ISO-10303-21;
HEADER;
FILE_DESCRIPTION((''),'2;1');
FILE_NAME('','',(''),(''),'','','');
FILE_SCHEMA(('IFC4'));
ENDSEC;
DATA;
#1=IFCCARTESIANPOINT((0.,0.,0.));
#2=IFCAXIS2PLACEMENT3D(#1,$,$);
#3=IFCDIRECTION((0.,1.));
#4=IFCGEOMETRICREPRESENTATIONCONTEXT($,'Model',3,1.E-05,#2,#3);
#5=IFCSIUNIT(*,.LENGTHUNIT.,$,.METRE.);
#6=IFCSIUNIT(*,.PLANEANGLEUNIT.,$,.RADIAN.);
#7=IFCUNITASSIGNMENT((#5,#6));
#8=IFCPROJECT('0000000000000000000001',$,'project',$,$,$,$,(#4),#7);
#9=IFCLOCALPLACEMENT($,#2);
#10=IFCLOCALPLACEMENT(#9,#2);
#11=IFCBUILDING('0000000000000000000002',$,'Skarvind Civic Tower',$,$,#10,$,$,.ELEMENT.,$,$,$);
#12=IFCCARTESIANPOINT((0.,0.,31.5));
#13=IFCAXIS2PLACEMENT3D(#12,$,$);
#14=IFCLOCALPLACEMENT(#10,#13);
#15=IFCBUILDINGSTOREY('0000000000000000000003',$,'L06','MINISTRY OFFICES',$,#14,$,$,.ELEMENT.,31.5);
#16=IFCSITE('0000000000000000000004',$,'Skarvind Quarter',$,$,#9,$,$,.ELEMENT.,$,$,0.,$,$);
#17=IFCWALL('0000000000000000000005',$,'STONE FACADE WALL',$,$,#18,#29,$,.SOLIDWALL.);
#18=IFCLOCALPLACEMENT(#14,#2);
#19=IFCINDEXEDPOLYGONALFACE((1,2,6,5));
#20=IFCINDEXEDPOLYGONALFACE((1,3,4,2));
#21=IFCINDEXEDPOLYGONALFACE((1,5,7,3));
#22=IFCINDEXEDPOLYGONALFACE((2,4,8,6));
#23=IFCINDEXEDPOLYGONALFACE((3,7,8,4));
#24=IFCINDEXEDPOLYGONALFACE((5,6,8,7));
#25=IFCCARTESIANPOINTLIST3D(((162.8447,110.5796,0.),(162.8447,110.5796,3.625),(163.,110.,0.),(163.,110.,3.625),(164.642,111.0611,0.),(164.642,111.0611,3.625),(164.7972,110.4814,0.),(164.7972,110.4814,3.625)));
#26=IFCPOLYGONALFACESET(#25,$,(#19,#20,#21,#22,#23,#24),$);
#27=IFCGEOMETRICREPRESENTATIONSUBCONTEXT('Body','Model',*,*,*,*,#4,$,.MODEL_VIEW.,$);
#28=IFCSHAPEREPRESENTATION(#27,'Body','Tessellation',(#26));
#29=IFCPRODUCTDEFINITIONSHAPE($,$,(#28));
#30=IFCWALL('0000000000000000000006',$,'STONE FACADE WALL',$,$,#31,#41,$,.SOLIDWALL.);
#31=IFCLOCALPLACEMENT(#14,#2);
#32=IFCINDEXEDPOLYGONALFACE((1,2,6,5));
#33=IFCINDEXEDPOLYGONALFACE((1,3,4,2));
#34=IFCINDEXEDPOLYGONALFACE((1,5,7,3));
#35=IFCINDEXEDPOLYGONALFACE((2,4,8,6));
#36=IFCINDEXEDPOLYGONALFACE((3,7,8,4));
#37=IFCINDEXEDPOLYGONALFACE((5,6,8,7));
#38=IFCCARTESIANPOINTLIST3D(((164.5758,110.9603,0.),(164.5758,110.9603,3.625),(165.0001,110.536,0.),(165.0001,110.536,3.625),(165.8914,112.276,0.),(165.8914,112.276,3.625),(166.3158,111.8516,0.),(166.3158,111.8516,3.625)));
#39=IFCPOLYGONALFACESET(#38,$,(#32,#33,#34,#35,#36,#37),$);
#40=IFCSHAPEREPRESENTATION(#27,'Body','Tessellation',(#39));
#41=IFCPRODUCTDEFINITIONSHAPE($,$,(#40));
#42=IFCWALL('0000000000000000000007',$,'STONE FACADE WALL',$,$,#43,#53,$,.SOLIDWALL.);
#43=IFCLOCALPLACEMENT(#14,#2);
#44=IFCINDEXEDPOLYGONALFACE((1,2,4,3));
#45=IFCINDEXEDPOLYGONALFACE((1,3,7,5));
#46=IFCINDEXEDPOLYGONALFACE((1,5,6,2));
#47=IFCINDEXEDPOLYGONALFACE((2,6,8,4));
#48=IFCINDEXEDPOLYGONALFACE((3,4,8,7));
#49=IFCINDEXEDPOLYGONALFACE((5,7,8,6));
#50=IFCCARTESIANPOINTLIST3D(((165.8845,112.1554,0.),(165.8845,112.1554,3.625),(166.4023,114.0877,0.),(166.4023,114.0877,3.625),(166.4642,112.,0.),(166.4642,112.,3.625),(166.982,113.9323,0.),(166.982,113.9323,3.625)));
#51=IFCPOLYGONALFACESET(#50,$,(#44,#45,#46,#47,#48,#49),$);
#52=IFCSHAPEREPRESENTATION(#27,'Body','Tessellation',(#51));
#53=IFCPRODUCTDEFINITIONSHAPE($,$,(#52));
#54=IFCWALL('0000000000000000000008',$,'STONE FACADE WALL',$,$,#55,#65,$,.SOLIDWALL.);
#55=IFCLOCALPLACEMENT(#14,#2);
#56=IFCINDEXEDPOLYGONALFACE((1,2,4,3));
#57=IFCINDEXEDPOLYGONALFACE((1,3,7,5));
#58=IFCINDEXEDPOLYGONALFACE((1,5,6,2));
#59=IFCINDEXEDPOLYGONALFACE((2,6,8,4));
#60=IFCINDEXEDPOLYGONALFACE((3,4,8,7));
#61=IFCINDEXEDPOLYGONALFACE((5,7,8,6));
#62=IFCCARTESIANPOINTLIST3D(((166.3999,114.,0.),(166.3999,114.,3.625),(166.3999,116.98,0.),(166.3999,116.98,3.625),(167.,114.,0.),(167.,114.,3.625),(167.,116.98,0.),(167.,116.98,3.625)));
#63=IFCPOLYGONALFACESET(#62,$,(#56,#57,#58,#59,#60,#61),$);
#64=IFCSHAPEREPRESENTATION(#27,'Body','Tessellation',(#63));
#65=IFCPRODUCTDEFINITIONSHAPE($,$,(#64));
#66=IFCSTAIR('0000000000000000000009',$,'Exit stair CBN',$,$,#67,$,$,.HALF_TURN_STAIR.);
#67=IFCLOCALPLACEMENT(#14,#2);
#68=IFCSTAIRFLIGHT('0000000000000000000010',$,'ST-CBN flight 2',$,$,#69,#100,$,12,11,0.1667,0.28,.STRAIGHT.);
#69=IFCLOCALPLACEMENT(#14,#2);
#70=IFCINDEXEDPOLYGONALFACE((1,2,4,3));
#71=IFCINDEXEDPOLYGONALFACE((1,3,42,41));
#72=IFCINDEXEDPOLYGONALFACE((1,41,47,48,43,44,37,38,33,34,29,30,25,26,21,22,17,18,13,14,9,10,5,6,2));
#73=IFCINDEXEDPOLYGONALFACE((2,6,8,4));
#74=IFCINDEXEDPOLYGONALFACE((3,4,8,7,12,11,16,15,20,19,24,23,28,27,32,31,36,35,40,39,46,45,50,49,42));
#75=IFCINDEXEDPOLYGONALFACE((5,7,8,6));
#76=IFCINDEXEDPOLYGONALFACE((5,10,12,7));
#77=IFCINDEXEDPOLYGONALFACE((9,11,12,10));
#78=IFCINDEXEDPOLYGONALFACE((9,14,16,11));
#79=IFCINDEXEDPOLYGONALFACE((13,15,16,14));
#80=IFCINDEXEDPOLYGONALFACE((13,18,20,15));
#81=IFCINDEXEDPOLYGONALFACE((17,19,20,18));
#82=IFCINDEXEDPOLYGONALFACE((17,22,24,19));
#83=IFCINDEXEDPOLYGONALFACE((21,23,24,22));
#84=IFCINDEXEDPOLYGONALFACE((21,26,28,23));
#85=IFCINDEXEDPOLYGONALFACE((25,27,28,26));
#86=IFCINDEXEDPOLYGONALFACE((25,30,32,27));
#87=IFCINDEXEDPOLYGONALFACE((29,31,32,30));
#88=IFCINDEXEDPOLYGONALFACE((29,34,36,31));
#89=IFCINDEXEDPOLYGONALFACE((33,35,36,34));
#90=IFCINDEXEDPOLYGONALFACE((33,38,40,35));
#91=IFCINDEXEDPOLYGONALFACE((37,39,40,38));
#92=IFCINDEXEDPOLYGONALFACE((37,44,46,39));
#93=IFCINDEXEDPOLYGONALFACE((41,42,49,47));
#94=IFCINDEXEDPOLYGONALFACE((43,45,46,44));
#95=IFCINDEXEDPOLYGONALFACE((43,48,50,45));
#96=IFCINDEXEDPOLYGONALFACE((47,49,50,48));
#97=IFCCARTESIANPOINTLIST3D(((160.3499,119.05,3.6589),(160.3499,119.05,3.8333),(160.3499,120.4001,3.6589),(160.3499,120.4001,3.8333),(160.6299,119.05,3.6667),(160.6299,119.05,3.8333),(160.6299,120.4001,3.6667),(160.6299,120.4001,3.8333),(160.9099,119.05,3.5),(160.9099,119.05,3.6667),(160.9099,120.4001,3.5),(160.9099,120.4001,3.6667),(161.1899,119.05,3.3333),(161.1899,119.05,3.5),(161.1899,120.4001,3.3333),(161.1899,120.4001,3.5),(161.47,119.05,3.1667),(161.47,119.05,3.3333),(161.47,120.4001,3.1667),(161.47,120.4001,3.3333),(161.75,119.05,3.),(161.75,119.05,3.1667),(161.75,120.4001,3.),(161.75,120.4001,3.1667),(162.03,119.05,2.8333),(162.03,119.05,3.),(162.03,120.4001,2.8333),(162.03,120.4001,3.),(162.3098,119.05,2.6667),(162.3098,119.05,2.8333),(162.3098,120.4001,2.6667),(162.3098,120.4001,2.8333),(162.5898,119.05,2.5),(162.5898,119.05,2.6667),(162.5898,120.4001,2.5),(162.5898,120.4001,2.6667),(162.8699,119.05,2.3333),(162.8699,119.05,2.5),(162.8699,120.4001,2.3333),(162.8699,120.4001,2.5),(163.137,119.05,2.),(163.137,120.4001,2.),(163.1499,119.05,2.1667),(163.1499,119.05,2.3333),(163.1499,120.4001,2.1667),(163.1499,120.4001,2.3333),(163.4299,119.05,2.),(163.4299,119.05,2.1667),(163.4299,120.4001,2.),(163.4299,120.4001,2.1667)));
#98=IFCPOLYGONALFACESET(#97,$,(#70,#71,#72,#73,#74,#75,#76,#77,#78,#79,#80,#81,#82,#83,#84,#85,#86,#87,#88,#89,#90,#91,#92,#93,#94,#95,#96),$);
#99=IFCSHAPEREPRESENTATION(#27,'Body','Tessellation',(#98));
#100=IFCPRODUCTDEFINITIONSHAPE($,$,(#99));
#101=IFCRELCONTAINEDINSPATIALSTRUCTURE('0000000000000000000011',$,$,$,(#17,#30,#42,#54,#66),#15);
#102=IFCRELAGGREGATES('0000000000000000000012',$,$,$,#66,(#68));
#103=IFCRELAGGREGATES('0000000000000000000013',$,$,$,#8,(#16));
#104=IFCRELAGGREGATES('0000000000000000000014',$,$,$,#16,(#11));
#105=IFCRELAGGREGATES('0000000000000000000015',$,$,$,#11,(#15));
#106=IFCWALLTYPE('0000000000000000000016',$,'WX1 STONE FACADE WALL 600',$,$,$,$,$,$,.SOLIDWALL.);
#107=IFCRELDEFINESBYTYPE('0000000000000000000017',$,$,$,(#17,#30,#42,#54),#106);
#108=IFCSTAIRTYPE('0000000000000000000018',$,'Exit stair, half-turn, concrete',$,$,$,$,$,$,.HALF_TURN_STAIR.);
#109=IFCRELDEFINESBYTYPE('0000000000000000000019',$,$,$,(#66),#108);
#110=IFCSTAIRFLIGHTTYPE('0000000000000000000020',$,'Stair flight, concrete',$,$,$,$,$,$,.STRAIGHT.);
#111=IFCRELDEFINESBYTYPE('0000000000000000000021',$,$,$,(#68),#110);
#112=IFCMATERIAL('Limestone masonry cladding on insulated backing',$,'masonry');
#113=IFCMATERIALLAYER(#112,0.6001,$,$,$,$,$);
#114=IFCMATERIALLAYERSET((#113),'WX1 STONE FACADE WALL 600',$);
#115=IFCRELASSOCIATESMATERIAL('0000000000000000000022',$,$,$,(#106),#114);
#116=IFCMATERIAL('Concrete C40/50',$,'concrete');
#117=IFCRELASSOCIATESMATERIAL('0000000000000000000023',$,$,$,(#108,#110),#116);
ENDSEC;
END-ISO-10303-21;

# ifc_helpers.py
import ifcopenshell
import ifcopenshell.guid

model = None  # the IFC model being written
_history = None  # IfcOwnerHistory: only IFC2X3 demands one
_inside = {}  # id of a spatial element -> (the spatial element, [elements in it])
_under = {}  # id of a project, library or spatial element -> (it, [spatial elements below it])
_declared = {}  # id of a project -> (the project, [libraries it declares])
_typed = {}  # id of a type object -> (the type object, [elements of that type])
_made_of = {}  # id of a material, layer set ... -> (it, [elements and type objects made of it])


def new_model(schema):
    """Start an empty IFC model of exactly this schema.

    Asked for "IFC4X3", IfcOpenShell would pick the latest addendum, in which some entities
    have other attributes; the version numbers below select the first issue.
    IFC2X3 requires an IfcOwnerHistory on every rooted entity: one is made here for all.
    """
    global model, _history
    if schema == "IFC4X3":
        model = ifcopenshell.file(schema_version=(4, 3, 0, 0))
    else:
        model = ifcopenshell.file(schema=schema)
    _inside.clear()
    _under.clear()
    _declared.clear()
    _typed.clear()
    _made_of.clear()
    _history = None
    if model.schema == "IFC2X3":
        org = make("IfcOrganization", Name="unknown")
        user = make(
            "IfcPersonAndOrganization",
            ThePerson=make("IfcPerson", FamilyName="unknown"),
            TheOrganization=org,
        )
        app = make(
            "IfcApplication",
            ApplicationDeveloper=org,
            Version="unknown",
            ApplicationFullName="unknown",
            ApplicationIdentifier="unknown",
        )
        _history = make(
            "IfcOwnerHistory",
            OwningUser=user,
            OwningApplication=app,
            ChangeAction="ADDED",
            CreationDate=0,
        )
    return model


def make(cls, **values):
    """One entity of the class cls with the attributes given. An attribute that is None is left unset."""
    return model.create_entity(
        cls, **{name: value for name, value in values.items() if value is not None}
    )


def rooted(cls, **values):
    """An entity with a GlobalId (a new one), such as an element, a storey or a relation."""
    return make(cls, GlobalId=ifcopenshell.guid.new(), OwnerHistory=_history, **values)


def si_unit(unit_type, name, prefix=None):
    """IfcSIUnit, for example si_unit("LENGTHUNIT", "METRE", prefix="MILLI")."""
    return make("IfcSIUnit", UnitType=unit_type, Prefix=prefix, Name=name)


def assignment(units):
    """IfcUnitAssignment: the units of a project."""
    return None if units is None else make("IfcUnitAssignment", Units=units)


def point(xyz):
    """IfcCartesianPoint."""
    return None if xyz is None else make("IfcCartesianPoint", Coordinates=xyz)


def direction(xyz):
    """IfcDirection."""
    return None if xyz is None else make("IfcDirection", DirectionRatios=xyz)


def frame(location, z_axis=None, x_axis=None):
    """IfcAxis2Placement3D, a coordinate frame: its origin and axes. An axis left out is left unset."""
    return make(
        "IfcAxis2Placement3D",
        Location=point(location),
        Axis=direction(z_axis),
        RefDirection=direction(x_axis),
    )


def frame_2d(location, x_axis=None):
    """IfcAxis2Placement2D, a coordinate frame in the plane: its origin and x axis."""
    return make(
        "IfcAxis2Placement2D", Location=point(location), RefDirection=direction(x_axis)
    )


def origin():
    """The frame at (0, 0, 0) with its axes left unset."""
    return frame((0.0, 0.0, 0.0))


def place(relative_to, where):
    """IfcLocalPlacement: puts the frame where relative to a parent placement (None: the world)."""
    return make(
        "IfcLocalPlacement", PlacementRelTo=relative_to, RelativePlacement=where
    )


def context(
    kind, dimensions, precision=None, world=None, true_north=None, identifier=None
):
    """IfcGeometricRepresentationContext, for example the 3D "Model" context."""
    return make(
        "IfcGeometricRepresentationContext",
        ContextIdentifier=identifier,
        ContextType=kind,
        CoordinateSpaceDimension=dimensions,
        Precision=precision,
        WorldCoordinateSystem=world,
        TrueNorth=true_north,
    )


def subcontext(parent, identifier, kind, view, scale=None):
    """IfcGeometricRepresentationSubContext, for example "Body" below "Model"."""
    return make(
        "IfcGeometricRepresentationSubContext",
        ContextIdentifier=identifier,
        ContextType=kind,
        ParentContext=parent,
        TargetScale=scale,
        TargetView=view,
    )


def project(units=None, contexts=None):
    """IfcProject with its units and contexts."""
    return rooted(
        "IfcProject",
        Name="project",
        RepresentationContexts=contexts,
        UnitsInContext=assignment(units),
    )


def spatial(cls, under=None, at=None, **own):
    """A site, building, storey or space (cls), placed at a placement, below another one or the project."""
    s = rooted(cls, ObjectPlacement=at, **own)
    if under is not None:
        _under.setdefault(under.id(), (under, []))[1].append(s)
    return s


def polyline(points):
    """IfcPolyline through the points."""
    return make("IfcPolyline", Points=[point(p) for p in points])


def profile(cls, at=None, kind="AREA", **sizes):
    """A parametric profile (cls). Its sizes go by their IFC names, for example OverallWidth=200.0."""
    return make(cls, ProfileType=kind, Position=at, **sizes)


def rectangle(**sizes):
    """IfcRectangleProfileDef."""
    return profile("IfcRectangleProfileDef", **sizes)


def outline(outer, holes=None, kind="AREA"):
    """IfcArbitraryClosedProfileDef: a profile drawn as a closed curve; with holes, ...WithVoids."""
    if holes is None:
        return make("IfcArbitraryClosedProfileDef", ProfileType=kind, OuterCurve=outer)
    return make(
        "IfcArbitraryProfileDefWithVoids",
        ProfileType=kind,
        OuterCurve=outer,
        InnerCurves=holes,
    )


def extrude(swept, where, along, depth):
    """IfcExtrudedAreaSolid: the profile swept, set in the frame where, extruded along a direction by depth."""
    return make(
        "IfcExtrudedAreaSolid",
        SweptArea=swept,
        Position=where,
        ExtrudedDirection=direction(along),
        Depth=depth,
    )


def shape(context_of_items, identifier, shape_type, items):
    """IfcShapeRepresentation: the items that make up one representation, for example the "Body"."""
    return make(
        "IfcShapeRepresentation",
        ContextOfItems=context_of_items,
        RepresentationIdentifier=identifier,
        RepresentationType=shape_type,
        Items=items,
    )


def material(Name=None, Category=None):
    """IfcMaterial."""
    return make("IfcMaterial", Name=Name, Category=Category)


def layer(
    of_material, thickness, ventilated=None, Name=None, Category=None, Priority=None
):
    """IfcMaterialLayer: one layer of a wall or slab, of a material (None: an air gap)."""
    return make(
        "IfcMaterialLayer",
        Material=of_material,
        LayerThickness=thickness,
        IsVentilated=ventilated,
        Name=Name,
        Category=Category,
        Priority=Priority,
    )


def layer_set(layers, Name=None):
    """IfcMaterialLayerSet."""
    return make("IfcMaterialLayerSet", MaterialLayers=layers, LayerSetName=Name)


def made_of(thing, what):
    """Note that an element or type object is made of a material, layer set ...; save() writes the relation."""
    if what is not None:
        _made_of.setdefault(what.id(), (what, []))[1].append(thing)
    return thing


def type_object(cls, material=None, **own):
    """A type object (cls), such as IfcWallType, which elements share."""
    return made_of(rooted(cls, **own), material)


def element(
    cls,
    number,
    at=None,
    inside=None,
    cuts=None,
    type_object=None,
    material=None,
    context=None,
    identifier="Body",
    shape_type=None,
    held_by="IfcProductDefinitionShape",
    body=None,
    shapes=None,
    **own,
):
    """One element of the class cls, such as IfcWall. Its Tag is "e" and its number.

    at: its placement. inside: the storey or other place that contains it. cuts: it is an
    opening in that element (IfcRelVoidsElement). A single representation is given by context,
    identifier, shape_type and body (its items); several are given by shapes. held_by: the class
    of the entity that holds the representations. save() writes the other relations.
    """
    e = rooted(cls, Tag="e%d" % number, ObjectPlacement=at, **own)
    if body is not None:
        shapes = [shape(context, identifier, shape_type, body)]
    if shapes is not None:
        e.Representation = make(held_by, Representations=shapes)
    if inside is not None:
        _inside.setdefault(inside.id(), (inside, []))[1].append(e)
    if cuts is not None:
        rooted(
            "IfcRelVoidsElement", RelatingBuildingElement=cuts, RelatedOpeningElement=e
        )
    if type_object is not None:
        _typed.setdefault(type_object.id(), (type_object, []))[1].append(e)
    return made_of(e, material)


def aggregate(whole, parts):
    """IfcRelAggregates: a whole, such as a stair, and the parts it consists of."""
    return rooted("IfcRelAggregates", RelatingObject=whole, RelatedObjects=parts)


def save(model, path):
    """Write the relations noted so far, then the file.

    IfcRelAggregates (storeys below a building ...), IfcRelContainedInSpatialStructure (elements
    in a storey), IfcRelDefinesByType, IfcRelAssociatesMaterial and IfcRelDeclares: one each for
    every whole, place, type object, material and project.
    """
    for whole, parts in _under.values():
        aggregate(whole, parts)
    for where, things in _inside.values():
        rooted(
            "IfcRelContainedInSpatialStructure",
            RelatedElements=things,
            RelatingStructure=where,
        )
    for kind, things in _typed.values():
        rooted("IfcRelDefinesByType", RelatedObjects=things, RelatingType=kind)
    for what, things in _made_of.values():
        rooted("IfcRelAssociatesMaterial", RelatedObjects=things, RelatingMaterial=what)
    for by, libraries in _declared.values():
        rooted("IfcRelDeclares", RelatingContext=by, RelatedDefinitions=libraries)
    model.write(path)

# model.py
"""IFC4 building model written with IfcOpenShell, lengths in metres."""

from ifc_helpers import new_model, si_unit, direction, frame, frame_2d, origin, place, context, subcontext, project, spatial, polyline, rectangle, outline, extrude, material, layer, layer_set, type_object, element, aggregate, save


model = new_model("IFC4")

# Units and contexts
model_context = context("Model", 3, precision=1e-05, world=origin(), true_north=direction((0.0, 1.0)))
body_context = subcontext(model_context, "Body", "Model", "MODEL_VIEW")
ifc_project = project(units=[si_unit("LENGTHUNIT", "METRE"), si_unit("PLANEANGLEUNIT", "RADIAN")], contexts=[model_context])

# Site, building, storey
site_placement = place(None, origin())
site = spatial("IfcSite", under=ifc_project, at=site_placement, Name="Skarvind Quarter", CompositionType="ELEMENT", RefElevation=0.0)
building_placement = place(site_placement, origin())
building = spatial("IfcBuilding", under=site, at=building_placement, Name="Skarvind Civic Tower", CompositionType="ELEMENT")
storey_placement = place(building_placement, frame((0.0, 0.0, 31.5)))
storey = spatial("IfcBuildingStorey", under=building, at=storey_placement, Name="L06", Description="MINISTRY OFFICES", CompositionType="ELEMENT", Elevation=31.5)

# Walls
ifc_material_1 = material(Name="Limestone masonry cladding on insulated backing", Category="masonry")
ifc_layer_1 = layer(ifc_material_1, 0.6001)
ifc_layer_set_1 = layer_set([ifc_layer_1], Name="WX1 STONE FACADE WALL 600")
wall_type_1 = type_object("IfcWallType", Name="WX1 STONE FACADE WALL 600", PredefinedType="SOLIDWALL", material=ifc_layer_set_1)
for number, where, z_axis, x_axis, name in (
    (1, (164.7195, 110.7712, 0.0), (0.0, 0.0, 1.0), (-0.965938, -0.258773, 0.0), "STONE FACADE WALL"),
    (2, (166.1035, 112.0637, 0.0), (0.0, 0.0, 1.0), (-0.707107, -0.707107, 0.0), "STONE FACADE WALL"),
):
    element("IfcWall", number, at=place(storey_placement, frame(where, z_axis=z_axis, x_axis=x_axis)), inside=storey, type_object=wall_type_1, Name=name, PredefinedType="SOLIDWALL", context=body_context, shape_type="SweptSolid", body=[
        extrude(rectangle(XDim=1.8606, YDim=0.6001, at=frame_2d((0.9302, 0.0))), origin(), (0.0, 0.0, 1.0), 3.625),
    ])
wall_1_placement = place(storey_placement, frame((166.6921, 114.01, 0.0), z_axis=(0.0, 0.0, 1.0), x_axis=(-0.25884, -0.96592, 0.0)))
element("IfcWall", 3, at=wall_1_placement, inside=storey, type_object=wall_type_1, Name="STONE FACADE WALL", PredefinedType="SOLIDWALL", context=body_context, shape_type="SweptSolid", body=[
    extrude(rectangle(XDim=2.0005, YDim=0.6001, at=frame_2d((1.0002, 0.0))), origin(), (0.0, 0.0, 1.0), 3.625),
])
wall_2_placement = place(storey_placement, frame((166.7, 116.98, 0.0), z_axis=(0.0, 0.0, 1.0), x_axis=(0.0, -1.0, 0.0)))
element("IfcWall", 4, at=wall_2_placement, inside=storey, type_object=wall_type_1, Name="STONE FACADE WALL", PredefinedType="SOLIDWALL", context=body_context, shape_type="SweptSolid", body=[
    extrude(rectangle(XDim=2.98, YDim=0.6001, at=frame_2d((1.49, 0.0))), origin(), (0.0, 0.0, 1.0), 3.625),
])

# Stair, stair flight
ifc_material_2 = material(Name="Concrete C40/50", Category="concrete")
stair_type = type_object("IfcStairType", Name="Exit stair, half-turn, concrete", PredefinedType="HALF_TURN_STAIR", material=ifc_material_2)
stair_placement = place(storey_placement, origin())
stair = element("IfcStair", 5, at=stair_placement, inside=storey, type_object=stair_type, Name="Exit stair CBN", PredefinedType="HALF_TURN_STAIR")
stair_flight_type = type_object("IfcStairFlightType", Name="Stair flight, concrete", PredefinedType="STRAIGHT", material=ifc_material_2)
stair_flight_placement = place(storey_placement, frame((163.4299, 119.7251, 2.0), z_axis=(0.0, 0.0, 1.0), x_axis=(-1.0, 0.0, 0.0)))
stair_flight = element("IfcStairFlight", 6, at=stair_flight_placement, type_object=stair_flight_type, Name="ST-CBN flight 2", NumberOfRisers=12, NumberOfTreads=11, PredefinedType="STRAIGHT", RiserHeight=0.1667, TreadLength=0.28, context=body_context, shape_type="SweptSolid", body=[
    extrude(outline(polyline([(0.0, 0.0), (0.0, 0.1667), (0.28, 0.1667), (0.28, 0.3333), (0.5601, 0.3333), (0.5601, 0.5), (0.8401, 0.5), (0.8401, 0.6667), (1.1201, 0.6667), (1.1201, 0.8333), (1.3999, 0.8333), (1.3999, 1.0), (1.6799, 1.0), (1.6799, 1.1667), (1.96, 1.1667), (1.96, 1.3333), (2.24, 1.3333), (2.24, 1.5), (2.52, 1.5), (2.52, 1.6667), (2.8, 1.6667), (2.8, 1.8333), (3.0801, 1.8333), (3.0801, 2.0), (3.0801, 1.6589), (0.293, 0.0), (0.0, 0.0)])), frame((0.0, 0.675, 0.0), z_axis=(0.0, -1.0, 0.0), x_axis=(1.0, 0.0, 0.0)), (0.0, 0.0, 1.0), 1.3501),
])
aggregate(stair, [stair_flight])

save(model, "model.ifc")
